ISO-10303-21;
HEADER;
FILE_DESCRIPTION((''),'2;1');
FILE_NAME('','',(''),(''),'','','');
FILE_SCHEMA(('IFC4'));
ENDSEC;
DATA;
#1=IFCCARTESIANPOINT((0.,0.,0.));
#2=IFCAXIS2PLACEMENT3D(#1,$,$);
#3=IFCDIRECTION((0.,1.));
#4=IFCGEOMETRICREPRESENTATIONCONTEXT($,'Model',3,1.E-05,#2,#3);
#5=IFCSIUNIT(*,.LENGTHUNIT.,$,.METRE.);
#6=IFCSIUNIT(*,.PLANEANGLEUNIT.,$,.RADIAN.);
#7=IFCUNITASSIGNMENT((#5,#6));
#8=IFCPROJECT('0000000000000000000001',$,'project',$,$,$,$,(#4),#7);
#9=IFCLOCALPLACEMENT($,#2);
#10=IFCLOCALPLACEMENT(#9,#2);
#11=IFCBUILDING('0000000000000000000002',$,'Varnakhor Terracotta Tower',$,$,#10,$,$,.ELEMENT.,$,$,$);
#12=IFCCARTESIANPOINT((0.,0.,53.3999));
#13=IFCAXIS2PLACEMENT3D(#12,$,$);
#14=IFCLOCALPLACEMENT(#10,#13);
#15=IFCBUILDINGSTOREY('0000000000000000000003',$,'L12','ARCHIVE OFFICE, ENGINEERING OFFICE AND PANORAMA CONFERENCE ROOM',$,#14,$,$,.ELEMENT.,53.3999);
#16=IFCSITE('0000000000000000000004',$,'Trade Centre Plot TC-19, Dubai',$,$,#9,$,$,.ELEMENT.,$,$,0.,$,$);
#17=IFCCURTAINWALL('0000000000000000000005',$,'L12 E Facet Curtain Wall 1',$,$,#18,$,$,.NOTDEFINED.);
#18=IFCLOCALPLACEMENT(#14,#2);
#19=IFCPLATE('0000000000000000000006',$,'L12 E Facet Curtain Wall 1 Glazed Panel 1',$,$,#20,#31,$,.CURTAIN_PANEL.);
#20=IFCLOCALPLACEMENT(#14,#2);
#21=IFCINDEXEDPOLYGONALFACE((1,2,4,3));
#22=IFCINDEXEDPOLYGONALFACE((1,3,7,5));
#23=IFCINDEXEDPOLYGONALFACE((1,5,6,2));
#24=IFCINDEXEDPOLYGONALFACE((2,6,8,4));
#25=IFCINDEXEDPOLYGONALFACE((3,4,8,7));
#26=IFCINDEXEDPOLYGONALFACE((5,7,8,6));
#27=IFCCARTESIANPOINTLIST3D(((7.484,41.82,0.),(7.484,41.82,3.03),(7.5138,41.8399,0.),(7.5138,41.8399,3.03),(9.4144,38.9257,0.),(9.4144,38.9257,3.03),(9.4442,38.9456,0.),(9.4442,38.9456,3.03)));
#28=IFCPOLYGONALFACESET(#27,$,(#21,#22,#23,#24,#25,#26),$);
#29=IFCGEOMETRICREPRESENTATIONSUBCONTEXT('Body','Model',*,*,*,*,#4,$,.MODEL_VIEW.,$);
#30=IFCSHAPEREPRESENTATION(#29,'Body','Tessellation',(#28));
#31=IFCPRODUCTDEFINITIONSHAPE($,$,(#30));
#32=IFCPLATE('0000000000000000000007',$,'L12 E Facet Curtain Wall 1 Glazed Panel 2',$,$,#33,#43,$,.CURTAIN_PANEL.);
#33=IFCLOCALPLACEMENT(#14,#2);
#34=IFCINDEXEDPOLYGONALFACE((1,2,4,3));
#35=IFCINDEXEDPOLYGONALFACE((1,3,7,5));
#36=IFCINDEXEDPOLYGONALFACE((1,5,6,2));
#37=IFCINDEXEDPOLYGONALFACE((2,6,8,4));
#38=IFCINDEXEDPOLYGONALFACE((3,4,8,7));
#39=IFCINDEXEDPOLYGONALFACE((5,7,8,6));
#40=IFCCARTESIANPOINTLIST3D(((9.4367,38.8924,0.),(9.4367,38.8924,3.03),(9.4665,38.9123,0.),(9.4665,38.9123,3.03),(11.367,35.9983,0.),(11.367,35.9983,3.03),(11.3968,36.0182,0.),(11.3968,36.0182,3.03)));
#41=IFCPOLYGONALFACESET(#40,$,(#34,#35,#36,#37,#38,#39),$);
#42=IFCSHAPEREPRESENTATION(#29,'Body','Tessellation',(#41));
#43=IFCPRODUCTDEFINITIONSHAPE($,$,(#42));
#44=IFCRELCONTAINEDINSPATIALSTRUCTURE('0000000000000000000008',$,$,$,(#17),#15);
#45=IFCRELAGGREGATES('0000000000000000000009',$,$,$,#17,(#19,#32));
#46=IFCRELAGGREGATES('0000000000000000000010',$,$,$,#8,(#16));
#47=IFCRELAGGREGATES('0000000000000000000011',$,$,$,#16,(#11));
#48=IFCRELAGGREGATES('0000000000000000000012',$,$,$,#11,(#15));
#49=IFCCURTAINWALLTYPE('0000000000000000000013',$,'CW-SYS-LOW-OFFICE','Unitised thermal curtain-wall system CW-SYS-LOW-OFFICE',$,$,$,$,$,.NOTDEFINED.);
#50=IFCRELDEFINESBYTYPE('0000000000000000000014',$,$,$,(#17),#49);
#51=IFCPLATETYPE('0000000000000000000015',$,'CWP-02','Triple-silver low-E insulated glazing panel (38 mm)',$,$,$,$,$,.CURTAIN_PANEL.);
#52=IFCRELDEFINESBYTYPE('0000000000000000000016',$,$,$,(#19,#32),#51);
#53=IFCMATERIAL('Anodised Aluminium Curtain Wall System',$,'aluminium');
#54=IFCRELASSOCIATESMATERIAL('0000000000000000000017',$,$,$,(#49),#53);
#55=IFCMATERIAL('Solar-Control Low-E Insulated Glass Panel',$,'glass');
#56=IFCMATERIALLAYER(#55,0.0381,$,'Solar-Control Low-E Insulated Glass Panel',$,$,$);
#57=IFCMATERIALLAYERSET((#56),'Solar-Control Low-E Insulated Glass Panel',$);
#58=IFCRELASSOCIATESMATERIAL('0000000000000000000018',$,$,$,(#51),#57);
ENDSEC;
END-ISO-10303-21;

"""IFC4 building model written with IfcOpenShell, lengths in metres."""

from ifc_helpers import new_model, si_unit, direction, frame, origin, origin_2d, place, context, subcontext, project, spatial, rectangle, extrude, source, transform, mapped, material, layer, layer_set, type_object, element, aggregate, save


model = new_model("IFC4")

# Units and contexts
model_context = context("Model", 3, precision=1e-05, world=origin(), true_north=direction((0.0, 1.0)))
body_context = subcontext(model_context, "Body", "Model", "MODEL_VIEW")
ifc_project = project(units=[si_unit("LENGTHUNIT", "METRE"), si_unit("PLANEANGLEUNIT", "RADIAN")], contexts=[model_context])

# Site, building, storey
site_placement = place(None, origin())
site = spatial("IfcSite", under=ifc_project, at=site_placement, Name="Trade Centre Plot TC-19, Dubai", CompositionType="ELEMENT", RefElevation=0.0)
building_placement = place(site_placement, origin())
building = spatial("IfcBuilding", under=site, at=building_placement, Name="Varnakhor Terracotta Tower", CompositionType="ELEMENT")
storey_placement = place(building_placement, frame((0.0, 0.0, 53.3999)))
storey = spatial("IfcBuildingStorey", under=building, at=storey_placement, Name="L12", Description="ARCHIVE OFFICE, ENGINEERING OFFICE AND PANORAMA CONFERENCE ROOM", CompositionType="ELEMENT", Elevation=53.3999)

# Shared definitions
ifc_material_1 = material(Name="Anodised Aluminium Curtain Wall System", Category="aluminium")
curtain_wall_type = type_object("IfcCurtainWallType", Name="CW-SYS-LOW-OFFICE", Description="Unitised thermal curtain-wall system CW-SYS-LOW-OFFICE", PredefinedType="NOTDEFINED", material=ifc_material_1)

# Curtain wall
curtain_wall_1_placement = place(storey_placement, origin())
curtain_wall_1 = element("IfcCurtainWall", 1, at=curtain_wall_1_placement, inside=storey, type_object=curtain_wall_type, Name="L12 E Facet Curtain Wall 1", PredefinedType="NOTDEFINED")

# Plates
ifc_material_2 = material(Name="Solar-Control Low-E Insulated Glass Panel", Category="glass")
ifc_layer = layer(ifc_material_2, 0.0381, Name="Solar-Control Low-E Insulated Glass Panel")
ifc_layer_set = layer_set([ifc_layer], Name="Solar-Control Low-E Insulated Glass Panel")
plate_type = type_object("IfcPlateType", Name="CWP-02", Description="Triple-silver low-E insulated glazing panel (38 mm)", PredefinedType="CURTAIN_PANEL", material=ifc_layer_set)
shared_shape_1 = source(origin(), body_context, "Body", "SweptSolid", [
    extrude(rectangle(XDim=3.479, YDim=0.0359, at=origin_2d()), origin(), (0.0, 0.0, 1.0), 3.03),
])
plate_1_placement = place(storey_placement, frame((8.4641, 40.3828, 0.0), z_axis=(0.0, 0.0, 1.0), x_axis=(0.554873, -0.831935, 0.0)))
plate_1 = element("IfcPlate", 2, at=plate_1_placement, type_object=plate_type, Name="L12 E Facet Curtain Wall 1 Glazed Panel 1", PredefinedType="CURTAIN_PANEL", context=body_context, shape_type="MappedRepresentation", body=[
    mapped(shared_shape_1, transform((0.0, 0.0, 0.0), scale=1.0)),
])
shared_shape_2 = source(origin(), body_context, "Body", "SweptSolid", [
    extrude(rectangle(XDim=3.4788, YDim=0.0359, at=origin_2d()), origin(), (0.0, 0.0, 1.0), 3.03),
])
plate_2_placement = place(storey_placement, frame((10.4167, 37.4553, 0.0), z_axis=(0.0, 0.0, 1.0), x_axis=(0.554873, -0.831935, 0.0)))
plate_2 = element("IfcPlate", 3, at=plate_2_placement, type_object=plate_type, Name="L12 E Facet Curtain Wall 1 Glazed Panel 2", PredefinedType="CURTAIN_PANEL", context=body_context, shape_type="MappedRepresentation", body=[
    mapped(shared_shape_2, transform((0.0, 0.0, 0.0), scale=1.0)),
])
aggregate(curtain_wall_1, [plate_1, plate_2])

save(model, "model.ifc")
